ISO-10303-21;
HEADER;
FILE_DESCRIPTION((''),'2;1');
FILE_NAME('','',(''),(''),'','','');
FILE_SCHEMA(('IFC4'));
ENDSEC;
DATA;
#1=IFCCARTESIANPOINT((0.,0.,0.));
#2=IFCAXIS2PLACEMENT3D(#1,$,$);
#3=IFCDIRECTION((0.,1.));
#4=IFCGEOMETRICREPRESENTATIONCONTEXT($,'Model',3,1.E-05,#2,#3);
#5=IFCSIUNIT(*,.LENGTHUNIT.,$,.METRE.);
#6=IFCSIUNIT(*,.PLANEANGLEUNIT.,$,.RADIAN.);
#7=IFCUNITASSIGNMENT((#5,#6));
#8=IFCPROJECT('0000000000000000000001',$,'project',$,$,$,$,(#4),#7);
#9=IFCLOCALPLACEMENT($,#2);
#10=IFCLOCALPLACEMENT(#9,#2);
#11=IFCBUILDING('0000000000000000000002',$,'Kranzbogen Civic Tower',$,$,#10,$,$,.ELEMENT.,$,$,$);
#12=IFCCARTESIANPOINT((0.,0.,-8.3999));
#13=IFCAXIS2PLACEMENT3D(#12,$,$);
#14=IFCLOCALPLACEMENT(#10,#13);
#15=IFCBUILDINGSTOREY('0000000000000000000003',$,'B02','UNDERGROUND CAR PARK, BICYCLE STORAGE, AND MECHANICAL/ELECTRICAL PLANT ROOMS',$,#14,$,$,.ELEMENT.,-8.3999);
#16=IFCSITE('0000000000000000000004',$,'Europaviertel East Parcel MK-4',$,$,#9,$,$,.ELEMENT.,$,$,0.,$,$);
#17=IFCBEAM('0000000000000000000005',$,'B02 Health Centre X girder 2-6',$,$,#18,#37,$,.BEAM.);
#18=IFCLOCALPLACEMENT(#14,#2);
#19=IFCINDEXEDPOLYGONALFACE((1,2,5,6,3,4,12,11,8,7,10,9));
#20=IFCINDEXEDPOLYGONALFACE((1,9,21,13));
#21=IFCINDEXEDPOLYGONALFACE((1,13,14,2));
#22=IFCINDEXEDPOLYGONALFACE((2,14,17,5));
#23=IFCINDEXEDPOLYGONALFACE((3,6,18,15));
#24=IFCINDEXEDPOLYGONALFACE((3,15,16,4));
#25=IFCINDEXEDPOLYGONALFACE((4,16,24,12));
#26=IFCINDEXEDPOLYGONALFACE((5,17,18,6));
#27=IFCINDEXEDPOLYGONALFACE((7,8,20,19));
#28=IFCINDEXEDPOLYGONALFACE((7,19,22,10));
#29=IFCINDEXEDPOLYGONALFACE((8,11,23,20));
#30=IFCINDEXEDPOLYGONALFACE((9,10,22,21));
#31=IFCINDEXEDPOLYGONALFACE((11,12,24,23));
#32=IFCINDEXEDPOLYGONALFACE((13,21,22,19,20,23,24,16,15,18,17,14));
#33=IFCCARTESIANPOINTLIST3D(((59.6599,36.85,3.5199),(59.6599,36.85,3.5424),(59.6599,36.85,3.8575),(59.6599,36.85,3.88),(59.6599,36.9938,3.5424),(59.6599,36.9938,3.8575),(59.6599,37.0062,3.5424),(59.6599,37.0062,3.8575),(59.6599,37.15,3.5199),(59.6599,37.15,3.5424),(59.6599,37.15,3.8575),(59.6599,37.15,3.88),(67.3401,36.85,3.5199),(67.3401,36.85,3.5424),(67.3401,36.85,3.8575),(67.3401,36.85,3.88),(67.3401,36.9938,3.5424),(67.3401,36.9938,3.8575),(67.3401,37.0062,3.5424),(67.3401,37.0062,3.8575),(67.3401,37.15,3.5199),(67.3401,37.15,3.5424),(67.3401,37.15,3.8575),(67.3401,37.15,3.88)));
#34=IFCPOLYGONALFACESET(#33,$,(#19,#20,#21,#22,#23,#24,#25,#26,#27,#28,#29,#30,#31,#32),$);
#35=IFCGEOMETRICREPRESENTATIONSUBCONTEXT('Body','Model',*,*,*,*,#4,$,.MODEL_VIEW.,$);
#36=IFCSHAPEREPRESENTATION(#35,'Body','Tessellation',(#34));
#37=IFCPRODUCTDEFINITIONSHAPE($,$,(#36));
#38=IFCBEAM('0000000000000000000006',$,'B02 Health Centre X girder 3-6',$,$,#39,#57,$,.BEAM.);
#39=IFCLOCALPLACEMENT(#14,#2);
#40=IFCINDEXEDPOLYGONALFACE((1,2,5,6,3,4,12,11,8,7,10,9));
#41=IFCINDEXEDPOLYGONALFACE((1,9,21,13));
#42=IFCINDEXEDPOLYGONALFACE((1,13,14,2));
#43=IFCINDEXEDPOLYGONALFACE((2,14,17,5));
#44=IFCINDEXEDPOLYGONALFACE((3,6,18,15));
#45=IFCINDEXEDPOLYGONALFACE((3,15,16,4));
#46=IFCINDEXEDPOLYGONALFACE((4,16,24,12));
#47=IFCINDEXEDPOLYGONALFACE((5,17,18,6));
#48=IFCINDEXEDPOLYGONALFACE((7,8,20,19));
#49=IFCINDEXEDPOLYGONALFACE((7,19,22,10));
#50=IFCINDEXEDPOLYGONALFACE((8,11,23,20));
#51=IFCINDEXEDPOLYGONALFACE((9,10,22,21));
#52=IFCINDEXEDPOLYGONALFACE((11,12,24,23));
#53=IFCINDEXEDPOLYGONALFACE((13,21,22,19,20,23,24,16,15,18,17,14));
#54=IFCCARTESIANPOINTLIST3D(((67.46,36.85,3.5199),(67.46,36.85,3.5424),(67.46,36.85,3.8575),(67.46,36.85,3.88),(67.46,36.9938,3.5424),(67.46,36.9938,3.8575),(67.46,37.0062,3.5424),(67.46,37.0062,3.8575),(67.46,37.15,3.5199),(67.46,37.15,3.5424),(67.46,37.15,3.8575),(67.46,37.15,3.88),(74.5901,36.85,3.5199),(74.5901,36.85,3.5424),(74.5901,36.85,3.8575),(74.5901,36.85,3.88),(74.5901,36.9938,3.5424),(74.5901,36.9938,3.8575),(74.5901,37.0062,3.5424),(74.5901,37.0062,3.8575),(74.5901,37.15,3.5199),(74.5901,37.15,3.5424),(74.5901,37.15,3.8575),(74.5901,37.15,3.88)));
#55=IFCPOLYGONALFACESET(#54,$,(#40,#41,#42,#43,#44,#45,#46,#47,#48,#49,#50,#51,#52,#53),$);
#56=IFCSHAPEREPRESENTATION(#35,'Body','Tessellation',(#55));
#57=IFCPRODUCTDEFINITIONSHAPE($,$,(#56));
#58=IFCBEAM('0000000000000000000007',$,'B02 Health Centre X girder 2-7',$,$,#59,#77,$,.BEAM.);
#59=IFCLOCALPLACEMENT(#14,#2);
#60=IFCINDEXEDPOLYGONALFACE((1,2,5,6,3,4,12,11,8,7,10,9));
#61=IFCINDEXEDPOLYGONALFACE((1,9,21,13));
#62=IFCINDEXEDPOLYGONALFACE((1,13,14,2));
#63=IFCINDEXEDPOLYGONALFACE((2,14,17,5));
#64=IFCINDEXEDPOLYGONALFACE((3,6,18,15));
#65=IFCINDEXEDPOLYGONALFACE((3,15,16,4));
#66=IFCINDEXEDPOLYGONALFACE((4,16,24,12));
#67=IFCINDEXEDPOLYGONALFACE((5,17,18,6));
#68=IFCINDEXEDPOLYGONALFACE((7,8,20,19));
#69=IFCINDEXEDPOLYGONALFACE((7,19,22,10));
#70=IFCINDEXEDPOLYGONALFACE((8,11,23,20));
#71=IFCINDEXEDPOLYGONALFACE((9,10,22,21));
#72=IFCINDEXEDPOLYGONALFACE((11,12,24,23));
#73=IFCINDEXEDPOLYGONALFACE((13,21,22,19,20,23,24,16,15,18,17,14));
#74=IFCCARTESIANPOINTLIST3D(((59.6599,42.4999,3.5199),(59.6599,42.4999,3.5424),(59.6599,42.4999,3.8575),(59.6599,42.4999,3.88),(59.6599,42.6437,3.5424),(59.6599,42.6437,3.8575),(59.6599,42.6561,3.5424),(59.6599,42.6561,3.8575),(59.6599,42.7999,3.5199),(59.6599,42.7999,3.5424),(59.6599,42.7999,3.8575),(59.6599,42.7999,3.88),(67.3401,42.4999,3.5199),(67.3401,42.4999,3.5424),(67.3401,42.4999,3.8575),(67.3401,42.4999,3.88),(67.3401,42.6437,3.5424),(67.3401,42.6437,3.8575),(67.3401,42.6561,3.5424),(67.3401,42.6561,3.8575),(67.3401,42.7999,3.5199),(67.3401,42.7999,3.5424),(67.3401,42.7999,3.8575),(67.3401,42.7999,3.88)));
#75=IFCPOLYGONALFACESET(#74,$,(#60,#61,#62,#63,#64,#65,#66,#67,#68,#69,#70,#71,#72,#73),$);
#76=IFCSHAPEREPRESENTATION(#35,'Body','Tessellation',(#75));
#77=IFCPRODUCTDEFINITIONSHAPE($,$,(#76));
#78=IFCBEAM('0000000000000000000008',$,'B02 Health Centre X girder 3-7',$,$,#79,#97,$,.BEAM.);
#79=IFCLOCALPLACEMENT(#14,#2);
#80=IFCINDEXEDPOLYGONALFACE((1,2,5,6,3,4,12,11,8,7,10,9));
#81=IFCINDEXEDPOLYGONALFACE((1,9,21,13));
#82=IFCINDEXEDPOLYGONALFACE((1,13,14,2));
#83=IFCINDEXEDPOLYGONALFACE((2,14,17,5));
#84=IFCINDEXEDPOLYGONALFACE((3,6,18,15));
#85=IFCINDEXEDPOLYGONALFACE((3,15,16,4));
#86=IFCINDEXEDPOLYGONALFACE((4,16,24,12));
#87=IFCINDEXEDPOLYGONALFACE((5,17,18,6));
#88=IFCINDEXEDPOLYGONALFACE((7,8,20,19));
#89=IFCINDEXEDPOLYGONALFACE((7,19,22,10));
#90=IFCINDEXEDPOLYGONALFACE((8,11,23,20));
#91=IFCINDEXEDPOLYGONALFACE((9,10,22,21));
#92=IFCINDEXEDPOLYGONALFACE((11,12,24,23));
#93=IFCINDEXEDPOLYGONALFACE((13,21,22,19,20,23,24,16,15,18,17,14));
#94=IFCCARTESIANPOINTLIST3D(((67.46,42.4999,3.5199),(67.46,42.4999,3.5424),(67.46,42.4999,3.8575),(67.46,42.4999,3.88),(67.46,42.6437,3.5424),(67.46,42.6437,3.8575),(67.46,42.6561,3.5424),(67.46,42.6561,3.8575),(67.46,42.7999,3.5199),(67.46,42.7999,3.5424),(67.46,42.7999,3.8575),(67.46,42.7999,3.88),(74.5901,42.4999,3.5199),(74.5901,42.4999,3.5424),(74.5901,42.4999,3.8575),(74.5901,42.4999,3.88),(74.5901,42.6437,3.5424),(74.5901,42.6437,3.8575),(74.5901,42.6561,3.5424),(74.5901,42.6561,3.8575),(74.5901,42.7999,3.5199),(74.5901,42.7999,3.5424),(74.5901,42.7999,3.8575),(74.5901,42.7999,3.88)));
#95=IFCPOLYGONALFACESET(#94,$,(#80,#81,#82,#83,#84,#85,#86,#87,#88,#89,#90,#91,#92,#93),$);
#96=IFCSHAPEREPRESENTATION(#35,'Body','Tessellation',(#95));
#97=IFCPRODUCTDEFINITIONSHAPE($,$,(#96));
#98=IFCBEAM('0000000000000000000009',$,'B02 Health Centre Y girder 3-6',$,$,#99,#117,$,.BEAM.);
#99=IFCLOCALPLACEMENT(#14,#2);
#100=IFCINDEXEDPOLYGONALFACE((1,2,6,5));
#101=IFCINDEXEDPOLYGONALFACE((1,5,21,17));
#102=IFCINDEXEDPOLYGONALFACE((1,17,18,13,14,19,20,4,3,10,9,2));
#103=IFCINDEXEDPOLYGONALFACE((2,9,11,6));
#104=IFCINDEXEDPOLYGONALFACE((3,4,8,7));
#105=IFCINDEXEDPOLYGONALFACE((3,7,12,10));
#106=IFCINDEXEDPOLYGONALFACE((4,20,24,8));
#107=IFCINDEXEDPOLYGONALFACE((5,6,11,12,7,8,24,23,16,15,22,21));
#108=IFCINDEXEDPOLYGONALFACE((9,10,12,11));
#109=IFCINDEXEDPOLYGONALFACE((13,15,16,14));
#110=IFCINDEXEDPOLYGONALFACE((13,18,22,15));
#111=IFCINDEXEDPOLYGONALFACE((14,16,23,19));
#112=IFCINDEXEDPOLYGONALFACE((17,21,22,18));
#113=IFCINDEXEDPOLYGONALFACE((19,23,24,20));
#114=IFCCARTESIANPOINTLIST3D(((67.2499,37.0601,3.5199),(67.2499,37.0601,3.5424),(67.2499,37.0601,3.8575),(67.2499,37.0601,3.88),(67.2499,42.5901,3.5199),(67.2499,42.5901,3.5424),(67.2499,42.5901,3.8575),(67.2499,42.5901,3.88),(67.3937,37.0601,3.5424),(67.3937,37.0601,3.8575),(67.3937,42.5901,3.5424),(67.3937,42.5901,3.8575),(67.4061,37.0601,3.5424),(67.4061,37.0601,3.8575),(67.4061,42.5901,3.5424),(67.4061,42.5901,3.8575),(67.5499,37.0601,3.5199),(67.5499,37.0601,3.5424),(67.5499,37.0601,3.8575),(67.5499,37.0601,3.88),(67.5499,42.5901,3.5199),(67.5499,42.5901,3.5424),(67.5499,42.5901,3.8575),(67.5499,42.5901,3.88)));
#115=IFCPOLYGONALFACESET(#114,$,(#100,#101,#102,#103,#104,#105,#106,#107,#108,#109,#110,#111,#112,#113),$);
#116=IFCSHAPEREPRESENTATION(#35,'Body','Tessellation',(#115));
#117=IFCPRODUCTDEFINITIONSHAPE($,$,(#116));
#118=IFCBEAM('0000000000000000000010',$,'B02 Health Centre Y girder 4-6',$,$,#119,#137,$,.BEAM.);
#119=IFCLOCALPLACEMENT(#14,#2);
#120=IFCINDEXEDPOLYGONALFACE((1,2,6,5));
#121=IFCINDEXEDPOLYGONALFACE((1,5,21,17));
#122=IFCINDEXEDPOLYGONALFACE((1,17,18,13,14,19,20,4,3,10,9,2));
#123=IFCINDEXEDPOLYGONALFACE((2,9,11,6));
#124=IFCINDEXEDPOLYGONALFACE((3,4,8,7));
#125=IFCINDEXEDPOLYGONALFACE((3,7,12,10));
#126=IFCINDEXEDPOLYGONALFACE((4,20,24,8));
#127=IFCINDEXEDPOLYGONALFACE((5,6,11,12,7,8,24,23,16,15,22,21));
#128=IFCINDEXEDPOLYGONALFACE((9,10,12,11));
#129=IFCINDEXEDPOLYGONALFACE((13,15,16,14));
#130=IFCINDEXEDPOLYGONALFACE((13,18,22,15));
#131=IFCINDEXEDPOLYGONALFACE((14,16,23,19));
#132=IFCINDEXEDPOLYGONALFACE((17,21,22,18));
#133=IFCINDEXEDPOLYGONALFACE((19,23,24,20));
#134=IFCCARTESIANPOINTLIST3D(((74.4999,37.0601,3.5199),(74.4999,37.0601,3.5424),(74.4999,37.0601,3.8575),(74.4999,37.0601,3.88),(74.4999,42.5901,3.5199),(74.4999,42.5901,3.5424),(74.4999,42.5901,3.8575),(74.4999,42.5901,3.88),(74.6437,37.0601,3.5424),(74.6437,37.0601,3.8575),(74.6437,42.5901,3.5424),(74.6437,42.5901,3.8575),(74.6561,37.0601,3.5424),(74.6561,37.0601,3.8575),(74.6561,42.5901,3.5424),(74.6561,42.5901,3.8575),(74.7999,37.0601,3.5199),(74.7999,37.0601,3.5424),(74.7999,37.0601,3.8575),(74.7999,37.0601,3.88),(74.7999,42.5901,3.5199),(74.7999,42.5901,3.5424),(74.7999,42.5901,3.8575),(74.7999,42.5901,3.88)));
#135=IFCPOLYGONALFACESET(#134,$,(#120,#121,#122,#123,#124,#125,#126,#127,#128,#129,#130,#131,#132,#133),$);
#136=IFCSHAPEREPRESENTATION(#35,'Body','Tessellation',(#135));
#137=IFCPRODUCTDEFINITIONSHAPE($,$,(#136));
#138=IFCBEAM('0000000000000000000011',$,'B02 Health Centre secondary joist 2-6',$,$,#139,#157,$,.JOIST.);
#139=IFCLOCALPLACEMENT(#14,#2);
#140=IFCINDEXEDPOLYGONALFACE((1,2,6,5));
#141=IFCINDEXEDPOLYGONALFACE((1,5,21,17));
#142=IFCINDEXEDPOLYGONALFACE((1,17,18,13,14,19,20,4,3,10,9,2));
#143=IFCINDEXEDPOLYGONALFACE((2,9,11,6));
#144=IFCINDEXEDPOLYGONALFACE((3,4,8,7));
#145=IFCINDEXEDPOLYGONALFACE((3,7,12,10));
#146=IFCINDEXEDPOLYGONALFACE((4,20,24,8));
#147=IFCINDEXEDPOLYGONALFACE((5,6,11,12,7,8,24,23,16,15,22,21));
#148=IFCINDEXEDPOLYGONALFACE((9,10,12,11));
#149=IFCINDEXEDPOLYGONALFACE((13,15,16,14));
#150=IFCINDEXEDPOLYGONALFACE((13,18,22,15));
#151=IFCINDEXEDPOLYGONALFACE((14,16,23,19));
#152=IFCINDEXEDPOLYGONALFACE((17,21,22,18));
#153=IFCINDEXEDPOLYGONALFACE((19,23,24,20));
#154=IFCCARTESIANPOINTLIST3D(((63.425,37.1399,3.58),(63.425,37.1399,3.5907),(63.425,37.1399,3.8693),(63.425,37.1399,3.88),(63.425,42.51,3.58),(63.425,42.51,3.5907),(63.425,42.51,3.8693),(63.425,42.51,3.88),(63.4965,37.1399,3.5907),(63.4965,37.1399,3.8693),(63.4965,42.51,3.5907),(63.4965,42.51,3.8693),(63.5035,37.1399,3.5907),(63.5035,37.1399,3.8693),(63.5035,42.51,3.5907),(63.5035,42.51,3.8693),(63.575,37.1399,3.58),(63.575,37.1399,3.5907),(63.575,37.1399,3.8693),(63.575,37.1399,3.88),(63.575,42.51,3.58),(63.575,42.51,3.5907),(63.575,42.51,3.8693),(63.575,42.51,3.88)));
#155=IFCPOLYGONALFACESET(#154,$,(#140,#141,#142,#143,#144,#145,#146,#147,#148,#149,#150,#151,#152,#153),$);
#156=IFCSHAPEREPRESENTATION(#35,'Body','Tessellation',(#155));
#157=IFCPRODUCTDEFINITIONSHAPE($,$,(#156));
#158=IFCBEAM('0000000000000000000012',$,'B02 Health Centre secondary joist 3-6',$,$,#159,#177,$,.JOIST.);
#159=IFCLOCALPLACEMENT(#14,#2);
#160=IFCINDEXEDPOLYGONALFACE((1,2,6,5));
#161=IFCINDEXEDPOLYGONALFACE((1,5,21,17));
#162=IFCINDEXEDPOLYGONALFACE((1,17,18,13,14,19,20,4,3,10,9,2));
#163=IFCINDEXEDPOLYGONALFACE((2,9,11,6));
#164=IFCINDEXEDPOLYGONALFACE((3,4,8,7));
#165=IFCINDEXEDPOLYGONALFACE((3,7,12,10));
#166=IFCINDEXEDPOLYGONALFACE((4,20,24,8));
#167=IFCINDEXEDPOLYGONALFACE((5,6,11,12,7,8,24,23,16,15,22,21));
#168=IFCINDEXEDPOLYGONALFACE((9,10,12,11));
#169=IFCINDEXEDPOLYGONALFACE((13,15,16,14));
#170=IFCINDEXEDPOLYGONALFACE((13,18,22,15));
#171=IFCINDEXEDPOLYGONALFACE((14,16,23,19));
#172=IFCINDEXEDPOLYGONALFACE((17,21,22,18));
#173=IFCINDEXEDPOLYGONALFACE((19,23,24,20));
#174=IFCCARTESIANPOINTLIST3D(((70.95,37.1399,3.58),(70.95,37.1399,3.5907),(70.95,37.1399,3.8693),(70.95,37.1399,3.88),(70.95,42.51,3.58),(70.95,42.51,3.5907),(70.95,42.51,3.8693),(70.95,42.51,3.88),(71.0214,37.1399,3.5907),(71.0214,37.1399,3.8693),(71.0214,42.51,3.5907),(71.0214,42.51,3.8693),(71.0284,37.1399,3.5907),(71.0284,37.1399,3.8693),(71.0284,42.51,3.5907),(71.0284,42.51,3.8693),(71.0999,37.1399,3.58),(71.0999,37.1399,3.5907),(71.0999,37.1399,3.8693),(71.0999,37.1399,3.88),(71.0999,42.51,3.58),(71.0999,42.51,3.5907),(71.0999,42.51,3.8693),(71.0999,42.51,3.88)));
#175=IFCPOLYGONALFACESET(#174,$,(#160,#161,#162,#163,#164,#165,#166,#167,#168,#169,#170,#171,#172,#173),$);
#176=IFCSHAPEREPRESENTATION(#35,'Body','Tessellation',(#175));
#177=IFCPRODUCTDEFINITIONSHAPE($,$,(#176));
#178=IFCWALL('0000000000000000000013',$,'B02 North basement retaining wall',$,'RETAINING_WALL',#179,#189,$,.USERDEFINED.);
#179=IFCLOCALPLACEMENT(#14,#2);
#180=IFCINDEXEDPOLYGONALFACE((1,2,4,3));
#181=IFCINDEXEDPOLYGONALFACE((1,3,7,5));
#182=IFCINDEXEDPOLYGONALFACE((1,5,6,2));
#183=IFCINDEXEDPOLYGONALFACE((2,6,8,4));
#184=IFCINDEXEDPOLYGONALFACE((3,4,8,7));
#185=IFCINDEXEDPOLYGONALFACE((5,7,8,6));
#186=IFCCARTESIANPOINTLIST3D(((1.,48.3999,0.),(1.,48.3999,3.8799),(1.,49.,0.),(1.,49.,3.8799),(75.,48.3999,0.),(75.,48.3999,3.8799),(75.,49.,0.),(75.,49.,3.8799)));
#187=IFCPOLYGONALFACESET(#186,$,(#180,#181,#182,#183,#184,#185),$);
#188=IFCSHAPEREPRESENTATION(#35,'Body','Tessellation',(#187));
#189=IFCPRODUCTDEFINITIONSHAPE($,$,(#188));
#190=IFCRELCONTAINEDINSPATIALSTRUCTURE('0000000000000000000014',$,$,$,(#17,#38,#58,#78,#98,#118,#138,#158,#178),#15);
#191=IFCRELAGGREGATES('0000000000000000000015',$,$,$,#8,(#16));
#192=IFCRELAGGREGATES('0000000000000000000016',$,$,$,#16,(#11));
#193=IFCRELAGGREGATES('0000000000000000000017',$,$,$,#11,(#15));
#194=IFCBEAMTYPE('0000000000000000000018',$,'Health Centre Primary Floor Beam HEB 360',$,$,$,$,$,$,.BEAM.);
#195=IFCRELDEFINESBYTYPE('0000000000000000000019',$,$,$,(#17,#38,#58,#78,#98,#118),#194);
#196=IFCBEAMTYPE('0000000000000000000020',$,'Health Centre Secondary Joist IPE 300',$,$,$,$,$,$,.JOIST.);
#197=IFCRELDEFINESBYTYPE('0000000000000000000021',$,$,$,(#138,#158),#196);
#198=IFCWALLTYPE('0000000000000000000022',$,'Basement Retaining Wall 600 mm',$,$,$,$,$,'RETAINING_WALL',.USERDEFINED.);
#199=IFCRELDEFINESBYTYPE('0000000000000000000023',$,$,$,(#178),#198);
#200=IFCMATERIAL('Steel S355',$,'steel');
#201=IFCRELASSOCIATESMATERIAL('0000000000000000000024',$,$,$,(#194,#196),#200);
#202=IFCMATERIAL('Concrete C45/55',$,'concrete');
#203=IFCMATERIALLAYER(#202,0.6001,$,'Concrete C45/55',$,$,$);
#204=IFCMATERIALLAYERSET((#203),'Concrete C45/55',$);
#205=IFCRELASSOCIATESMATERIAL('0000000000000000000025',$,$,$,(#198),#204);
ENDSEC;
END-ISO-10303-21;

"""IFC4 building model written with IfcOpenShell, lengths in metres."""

from ifc_helpers import new_model, si_unit, direction, frame, frame_2d, origin, origin_2d, place, context, subcontext, project, spatial, rectangle, i_section, extrude, material, layer, layer_set, material_profile, profile_set, type_object, element, save


model = new_model("IFC4")

# Units and contexts
model_context = context("Model", 3, precision=1e-05, world=origin(), true_north=direction((0.0, 1.0)))
body_context = subcontext(model_context, "Body", "Model", "MODEL_VIEW")
ifc_project = project(units=[si_unit("LENGTHUNIT", "METRE"), si_unit("PLANEANGLEUNIT", "RADIAN")], contexts=[model_context])

# Site, building, storey
site_placement = place(None, origin())
site = spatial("IfcSite", under=ifc_project, at=site_placement, Name="Europaviertel East Parcel MK-4", CompositionType="ELEMENT", RefElevation=0.0)
building_placement = place(site_placement, origin())
building = spatial("IfcBuilding", under=site, at=building_placement, Name="Kranzbogen Civic Tower", CompositionType="ELEMENT")
storey_placement = place(building_placement, frame((0.0, 0.0, -8.3999)))
storey = spatial("IfcBuildingStorey", under=building, at=storey_placement, Name="B02", Description="UNDERGROUND CAR PARK, BICYCLE STORAGE, AND MECHANICAL/ELECTRICAL PLANT ROOMS", CompositionType="ELEMENT", Elevation=-8.3999)

# Shared definitions
ifc_material_1 = material(Name="Steel S355", Category="steel")

# Beams
ifc_material_profile_1 = material_profile(ifc_material_1, i_section(OverallWidth=0.3, OverallDepth=0.3601, WebThickness=0.0125, FlangeThickness=0.0225, at=origin_2d()), Name="HEB 360")
ifc_profile_set_1 = profile_set([ifc_material_profile_1], Name="Steel S355")
beam_type_1 = type_object("IfcBeamType", Name="Health Centre Primary Floor Beam HEB 360", PredefinedType="BEAM", material=ifc_profile_set_1)
beam_1_placement = place(storey_placement, frame((59.6599, 37.0, 3.7), z_axis=(1.0, 0.0, 0.0), x_axis=(0.0, 1.0, 0.0)))
element("IfcBeam", 1, at=beam_1_placement, inside=storey, type_object=beam_type_1, Name="B02 Health Centre X girder 2-6", PredefinedType="BEAM", context=body_context, shape_type="SweptSolid", body=[
    extrude(i_section(OverallWidth=0.3, OverallDepth=0.3601, WebThickness=0.0125, FlangeThickness=0.0225, at=origin_2d()), origin(), (0.0, 0.0, 1.0), 7.6802),
])
beam_2_placement = place(storey_placement, frame((67.46, 37.0, 3.7), z_axis=(1.0, 0.0, 0.0), x_axis=(0.0, 1.0, 0.0)))
element("IfcBeam", 2, at=beam_2_placement, inside=storey, type_object=beam_type_1, Name="B02 Health Centre X girder 3-6", PredefinedType="BEAM", context=body_context, shape_type="SweptSolid", body=[
    extrude(i_section(OverallWidth=0.3, OverallDepth=0.3601, WebThickness=0.0125, FlangeThickness=0.0225, at=origin_2d()), origin(), (0.0, 0.0, 1.0), 7.1301),
])
beam_3_placement = place(storey_placement, frame((59.6599, 42.6499, 3.7), z_axis=(1.0, 0.0, 0.0), x_axis=(0.0, 1.0, 0.0)))
element("IfcBeam", 3, at=beam_3_placement, inside=storey, type_object=beam_type_1, Name="B02 Health Centre X girder 2-7", PredefinedType="BEAM", context=body_context, shape_type="SweptSolid", body=[
    extrude(i_section(OverallWidth=0.3, OverallDepth=0.3601, WebThickness=0.0125, FlangeThickness=0.0225, at=origin_2d()), origin(), (0.0, 0.0, 1.0), 7.6802),
])
beam_4_placement = place(storey_placement, frame((67.46, 42.6499, 3.7), z_axis=(1.0, 0.0, 0.0), x_axis=(0.0, 1.0, 0.0)))
element("IfcBeam", 4, at=beam_4_placement, inside=storey, type_object=beam_type_1, Name="B02 Health Centre X girder 3-7", PredefinedType="BEAM", context=body_context, shape_type="SweptSolid", body=[
    extrude(i_section(OverallWidth=0.3, OverallDepth=0.3601, WebThickness=0.0125, FlangeThickness=0.0225, at=origin_2d()), origin(), (0.0, 0.0, 1.0), 7.1301),
])
for number, where, z_axis, x_axis, name in (
    (5, (67.3999, 37.0601, 3.7), (0.0, 1.0, 0.0), (-1.0, 0.0, 0.0), "B02 Health Centre Y girder 3-6"),
    (6, (74.6499, 37.0601, 3.7), (0.0, 1.0, 0.0), (-1.0, 0.0, 0.0), "B02 Health Centre Y girder 4-6"),
):
    element("IfcBeam", number, at=place(storey_placement, frame(where, z_axis=z_axis, x_axis=x_axis)), inside=storey, type_object=beam_type_1, Name=name, PredefinedType="BEAM", context=body_context, shape_type="SweptSolid", body=[
        extrude(i_section(OverallWidth=0.3, OverallDepth=0.3601, WebThickness=0.0125, FlangeThickness=0.0225, at=origin_2d()), origin(), (0.0, 0.0, 1.0), 5.53),
    ])
ifc_material_profile_2 = material_profile(ifc_material_1, i_section(OverallWidth=0.1499, OverallDepth=0.3, WebThickness=0.0071, FlangeThickness=0.0107, at=origin_2d()), Name="IPE 300")
ifc_profile_set_2 = profile_set([ifc_material_profile_2], Name="Steel S355")
beam_type_2 = type_object("IfcBeamType", Name="Health Centre Secondary Joist IPE 300", PredefinedType="JOIST", material=ifc_profile_set_2)
for number, where, z_axis, x_axis, name in (
    (7, (63.5, 37.1399, 3.73), (0.0, 1.0, 0.0), (-1.0, 0.0, 0.0), "B02 Health Centre secondary joist 2-6"),
    (8, (71.0249, 37.1399, 3.73), (0.0, 1.0, 0.0), (-1.0, 0.0, 0.0), "B02 Health Centre secondary joist 3-6"),
):
    element("IfcBeam", number, at=place(storey_placement, frame(where, z_axis=z_axis, x_axis=x_axis)), inside=storey, type_object=beam_type_2, Name=name, PredefinedType="JOIST", context=body_context, shape_type="SweptSolid", body=[
        extrude(i_section(OverallWidth=0.1499, OverallDepth=0.3, WebThickness=0.0071, FlangeThickness=0.0107, at=origin_2d()), origin(), (0.0, 0.0, 1.0), 5.3701),
    ])

# Wall
ifc_material_2 = material(Name="Concrete C45/55", Category="concrete")
ifc_layer = layer(ifc_material_2, 0.6001, Name="Concrete C45/55")
ifc_layer_set = layer_set([ifc_layer], Name="Concrete C45/55")
wall_type = type_object("IfcWallType", Name="Basement Retaining Wall 600 mm", ElementType="RETAINING_WALL", PredefinedType="USERDEFINED", material=ifc_layer_set)
wall_placement = place(storey_placement, frame((75.0, 48.7, 0.0), z_axis=(0.0, 0.0, 1.0), x_axis=(-1.0, 0.0, 0.0)))
element("IfcWall", 9, at=wall_placement, inside=storey, type_object=wall_type, Name="B02 North basement retaining wall", ObjectType="RETAINING_WALL", PredefinedType="USERDEFINED", context=body_context, shape_type="SweptSolid", body=[
    extrude(rectangle(XDim=74.0, YDim=0.6001, at=frame_2d((37.0, 0.0))), origin(), (0.0, 0.0, 1.0), 3.8799),
])

save(model, "model.ifc")
